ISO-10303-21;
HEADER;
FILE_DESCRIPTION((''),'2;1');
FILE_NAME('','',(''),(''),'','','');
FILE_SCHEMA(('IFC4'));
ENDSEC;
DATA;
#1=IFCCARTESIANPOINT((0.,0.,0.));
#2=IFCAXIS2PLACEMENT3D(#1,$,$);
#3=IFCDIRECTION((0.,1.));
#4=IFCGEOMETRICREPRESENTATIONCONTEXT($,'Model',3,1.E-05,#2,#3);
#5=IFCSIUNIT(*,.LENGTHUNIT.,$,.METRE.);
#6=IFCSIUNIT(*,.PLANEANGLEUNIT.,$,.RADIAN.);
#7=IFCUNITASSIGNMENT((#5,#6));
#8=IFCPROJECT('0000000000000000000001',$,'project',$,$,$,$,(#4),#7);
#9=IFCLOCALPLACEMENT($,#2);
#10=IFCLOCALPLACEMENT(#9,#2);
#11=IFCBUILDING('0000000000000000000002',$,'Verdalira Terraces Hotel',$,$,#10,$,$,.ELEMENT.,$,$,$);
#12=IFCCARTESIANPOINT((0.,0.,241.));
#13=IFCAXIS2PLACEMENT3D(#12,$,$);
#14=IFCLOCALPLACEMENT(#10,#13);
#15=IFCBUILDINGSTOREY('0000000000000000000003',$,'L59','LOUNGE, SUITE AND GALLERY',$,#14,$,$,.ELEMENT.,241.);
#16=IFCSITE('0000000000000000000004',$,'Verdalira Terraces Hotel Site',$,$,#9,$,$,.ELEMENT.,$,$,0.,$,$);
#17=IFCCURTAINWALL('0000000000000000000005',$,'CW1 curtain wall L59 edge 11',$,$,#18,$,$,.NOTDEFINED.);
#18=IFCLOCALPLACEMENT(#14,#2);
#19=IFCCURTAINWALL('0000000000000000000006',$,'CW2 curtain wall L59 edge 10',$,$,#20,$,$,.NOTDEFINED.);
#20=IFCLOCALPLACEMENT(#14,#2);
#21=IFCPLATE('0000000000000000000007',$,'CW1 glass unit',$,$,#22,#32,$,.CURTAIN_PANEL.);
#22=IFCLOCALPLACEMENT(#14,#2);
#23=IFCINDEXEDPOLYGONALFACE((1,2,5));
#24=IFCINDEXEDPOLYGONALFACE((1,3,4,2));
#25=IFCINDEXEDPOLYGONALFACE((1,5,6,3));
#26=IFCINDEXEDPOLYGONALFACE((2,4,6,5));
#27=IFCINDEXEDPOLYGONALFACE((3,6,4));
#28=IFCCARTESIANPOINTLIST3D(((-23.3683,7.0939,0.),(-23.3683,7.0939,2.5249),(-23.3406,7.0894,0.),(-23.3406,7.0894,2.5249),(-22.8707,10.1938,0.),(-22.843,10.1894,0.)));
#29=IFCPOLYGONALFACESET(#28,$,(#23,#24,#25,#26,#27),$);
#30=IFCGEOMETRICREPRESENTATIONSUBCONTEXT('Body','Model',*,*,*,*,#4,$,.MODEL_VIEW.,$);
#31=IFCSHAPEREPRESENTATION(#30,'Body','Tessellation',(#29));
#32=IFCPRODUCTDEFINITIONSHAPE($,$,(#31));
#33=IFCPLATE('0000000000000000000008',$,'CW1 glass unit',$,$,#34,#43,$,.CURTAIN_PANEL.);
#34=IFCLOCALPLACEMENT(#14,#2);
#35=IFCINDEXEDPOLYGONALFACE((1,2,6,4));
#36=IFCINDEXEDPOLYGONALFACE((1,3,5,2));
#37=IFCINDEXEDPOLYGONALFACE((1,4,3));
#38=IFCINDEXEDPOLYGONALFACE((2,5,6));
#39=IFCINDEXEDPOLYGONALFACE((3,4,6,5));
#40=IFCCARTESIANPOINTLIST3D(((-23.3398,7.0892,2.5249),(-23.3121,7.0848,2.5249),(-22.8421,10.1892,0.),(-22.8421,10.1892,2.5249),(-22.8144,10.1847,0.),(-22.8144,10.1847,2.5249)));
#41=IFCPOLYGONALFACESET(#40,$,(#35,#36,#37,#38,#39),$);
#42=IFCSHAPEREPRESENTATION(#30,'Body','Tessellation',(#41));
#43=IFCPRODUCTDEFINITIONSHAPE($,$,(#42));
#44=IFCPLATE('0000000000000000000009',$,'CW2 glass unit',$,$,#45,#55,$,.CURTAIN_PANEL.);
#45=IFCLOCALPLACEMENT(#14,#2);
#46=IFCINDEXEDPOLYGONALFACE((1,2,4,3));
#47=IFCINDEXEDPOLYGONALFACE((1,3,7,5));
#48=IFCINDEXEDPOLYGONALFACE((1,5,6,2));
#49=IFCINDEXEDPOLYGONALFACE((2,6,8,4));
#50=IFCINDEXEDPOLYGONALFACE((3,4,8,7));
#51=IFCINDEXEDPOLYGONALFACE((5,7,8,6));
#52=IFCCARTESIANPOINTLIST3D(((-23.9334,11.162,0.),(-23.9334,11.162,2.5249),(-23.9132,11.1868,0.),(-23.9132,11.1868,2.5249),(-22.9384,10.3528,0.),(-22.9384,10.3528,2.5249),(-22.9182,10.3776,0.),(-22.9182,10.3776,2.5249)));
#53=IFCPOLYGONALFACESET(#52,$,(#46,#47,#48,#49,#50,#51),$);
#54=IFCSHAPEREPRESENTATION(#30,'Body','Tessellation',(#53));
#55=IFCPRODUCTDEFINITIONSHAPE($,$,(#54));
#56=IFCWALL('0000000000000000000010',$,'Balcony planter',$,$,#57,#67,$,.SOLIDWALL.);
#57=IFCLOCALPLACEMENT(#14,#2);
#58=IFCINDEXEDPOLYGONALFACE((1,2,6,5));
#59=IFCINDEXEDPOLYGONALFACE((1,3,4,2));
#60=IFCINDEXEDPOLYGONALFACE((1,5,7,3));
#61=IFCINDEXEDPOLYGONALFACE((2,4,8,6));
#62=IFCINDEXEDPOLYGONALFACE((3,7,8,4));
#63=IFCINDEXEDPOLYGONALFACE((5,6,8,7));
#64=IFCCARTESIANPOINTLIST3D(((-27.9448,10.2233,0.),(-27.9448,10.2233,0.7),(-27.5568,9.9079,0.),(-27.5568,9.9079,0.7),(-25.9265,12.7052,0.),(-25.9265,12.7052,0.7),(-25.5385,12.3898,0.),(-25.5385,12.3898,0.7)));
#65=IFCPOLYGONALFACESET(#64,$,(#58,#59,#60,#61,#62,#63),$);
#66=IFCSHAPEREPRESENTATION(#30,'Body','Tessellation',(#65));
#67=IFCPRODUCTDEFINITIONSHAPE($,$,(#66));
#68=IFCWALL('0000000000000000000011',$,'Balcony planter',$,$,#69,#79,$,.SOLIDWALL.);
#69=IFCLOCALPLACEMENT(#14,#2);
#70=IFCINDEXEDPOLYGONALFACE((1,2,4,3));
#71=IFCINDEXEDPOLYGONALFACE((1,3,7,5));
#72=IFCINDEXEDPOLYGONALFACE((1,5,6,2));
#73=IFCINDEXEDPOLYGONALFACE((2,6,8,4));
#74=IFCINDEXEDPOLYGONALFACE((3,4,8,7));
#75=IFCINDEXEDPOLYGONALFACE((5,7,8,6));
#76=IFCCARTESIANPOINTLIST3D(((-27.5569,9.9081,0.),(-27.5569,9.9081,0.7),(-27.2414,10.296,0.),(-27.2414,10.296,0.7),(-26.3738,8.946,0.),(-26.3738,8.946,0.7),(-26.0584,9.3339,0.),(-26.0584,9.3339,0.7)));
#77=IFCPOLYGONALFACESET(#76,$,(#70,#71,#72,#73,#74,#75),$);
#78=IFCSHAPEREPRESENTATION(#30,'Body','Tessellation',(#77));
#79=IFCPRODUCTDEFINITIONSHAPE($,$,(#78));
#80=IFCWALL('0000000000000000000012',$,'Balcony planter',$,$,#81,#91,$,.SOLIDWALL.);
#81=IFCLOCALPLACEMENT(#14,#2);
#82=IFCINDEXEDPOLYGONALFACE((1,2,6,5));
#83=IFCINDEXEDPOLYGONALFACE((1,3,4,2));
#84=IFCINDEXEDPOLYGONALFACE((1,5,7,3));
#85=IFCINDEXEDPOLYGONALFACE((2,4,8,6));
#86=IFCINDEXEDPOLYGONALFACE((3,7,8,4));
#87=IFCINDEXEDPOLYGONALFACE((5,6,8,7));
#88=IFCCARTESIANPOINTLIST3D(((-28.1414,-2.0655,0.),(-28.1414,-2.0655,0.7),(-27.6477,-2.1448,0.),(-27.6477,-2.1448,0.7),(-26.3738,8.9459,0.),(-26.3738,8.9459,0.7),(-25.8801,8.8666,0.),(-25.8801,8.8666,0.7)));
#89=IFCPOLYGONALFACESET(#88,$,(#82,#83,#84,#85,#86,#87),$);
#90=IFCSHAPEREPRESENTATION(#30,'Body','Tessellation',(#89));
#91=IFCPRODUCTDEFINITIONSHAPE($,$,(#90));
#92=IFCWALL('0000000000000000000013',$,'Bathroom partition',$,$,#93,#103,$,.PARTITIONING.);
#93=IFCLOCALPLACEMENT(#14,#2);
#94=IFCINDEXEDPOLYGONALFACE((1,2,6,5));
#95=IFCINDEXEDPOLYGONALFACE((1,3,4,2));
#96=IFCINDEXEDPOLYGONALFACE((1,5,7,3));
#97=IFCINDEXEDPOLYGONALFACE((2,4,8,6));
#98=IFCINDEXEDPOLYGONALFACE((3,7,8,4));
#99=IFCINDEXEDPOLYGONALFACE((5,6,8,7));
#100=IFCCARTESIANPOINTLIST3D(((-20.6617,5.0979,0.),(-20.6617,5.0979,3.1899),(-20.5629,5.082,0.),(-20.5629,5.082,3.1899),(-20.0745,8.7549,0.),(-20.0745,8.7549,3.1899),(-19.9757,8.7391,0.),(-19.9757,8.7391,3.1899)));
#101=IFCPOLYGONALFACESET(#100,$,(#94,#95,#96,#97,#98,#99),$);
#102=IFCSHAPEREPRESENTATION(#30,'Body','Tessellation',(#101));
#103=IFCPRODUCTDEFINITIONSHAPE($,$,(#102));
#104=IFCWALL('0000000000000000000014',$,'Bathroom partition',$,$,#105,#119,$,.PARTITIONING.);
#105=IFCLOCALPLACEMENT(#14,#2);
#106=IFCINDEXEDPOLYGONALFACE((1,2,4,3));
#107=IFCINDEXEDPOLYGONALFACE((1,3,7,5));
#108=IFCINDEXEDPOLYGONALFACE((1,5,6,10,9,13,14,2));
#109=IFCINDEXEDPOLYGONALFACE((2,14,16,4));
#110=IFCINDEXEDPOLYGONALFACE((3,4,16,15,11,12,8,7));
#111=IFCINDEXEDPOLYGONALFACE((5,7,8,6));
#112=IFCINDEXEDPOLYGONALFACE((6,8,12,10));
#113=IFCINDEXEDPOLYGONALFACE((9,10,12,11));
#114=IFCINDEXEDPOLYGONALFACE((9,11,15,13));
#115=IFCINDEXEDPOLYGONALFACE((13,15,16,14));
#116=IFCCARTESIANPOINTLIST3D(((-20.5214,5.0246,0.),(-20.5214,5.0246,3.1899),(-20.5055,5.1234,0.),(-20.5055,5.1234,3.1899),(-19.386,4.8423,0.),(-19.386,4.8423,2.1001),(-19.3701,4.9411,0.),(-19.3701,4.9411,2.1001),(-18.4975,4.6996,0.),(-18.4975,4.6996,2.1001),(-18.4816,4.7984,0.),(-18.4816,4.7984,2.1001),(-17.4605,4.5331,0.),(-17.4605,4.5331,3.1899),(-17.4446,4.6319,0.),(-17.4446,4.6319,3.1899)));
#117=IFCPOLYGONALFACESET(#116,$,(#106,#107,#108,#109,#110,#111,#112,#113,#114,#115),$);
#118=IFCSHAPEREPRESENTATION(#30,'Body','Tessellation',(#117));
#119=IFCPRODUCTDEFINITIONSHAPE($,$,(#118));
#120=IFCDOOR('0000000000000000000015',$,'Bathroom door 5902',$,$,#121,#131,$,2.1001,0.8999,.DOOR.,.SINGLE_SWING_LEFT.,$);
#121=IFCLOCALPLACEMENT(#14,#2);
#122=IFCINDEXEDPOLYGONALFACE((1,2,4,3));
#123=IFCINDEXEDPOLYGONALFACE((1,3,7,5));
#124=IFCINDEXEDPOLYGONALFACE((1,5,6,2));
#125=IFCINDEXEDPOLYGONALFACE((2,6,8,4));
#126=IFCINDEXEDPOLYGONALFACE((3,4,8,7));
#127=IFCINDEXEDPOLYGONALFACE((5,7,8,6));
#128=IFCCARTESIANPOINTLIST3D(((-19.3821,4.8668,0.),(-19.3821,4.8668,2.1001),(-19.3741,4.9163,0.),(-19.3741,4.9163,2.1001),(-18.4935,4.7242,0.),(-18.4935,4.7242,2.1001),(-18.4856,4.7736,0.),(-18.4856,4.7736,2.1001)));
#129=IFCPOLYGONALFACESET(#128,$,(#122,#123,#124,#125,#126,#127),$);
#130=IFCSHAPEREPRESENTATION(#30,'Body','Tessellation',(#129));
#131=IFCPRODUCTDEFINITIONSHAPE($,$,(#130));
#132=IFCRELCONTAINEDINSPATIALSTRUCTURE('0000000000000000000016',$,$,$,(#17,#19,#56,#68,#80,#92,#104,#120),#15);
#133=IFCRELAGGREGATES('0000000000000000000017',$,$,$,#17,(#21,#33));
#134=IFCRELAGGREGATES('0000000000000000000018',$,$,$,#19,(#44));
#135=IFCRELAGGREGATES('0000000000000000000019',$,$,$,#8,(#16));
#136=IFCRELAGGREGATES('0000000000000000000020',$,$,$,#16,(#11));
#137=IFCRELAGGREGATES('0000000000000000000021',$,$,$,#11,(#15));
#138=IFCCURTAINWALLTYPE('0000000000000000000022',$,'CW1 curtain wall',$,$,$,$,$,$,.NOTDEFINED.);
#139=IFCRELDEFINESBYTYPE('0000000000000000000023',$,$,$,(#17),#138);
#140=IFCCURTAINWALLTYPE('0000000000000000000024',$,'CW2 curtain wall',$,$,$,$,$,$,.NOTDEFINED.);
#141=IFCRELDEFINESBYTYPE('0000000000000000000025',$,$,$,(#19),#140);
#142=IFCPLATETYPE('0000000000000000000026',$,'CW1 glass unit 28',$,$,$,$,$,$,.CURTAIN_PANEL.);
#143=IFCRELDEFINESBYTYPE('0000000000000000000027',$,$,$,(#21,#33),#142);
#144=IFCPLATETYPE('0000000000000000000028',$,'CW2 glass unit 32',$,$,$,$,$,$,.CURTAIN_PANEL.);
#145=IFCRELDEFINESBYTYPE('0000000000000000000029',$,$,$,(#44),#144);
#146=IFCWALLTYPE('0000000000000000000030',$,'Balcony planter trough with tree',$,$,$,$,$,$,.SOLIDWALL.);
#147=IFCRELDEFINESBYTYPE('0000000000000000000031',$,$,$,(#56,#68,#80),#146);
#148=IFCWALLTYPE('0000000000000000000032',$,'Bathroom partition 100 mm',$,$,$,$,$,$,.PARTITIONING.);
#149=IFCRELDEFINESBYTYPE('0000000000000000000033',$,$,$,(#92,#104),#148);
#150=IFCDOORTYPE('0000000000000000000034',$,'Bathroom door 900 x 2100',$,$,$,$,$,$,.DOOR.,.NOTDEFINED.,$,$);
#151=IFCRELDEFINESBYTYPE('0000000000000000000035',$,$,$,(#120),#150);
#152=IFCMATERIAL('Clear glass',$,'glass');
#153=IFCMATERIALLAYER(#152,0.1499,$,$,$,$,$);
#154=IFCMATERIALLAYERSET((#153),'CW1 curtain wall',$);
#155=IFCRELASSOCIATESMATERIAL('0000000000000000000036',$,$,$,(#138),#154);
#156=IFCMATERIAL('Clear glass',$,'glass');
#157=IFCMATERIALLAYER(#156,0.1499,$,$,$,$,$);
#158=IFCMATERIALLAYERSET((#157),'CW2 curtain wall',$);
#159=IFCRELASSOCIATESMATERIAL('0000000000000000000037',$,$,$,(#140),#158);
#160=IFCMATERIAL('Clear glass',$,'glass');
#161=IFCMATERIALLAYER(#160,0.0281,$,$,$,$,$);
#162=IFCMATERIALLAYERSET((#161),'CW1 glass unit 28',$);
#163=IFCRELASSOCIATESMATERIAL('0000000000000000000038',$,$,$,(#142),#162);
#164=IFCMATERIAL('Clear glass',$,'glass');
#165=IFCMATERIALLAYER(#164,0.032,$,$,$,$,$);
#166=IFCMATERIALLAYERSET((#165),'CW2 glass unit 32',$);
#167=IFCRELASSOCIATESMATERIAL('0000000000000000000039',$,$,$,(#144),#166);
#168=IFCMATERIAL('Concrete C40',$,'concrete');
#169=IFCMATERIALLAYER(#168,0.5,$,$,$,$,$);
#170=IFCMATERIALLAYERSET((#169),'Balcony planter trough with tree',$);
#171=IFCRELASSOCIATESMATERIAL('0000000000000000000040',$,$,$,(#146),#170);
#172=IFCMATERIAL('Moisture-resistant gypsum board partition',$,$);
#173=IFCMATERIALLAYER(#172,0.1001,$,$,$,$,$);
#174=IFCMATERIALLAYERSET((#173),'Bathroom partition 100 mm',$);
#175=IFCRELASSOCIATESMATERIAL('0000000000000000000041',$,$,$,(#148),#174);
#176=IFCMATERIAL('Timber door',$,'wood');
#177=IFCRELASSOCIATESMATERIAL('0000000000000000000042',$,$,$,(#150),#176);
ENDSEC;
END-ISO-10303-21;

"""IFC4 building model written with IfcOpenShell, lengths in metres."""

from ifc_helpers import new_model, si_unit, direction, frame, frame_2d, origin, origin_2d, place, context, subcontext, project, spatial, polyline, rectangle, outline, extrude, material, layer, layer_set, type_object, element, fill, aggregate, save


model = new_model("IFC4")

# Units and contexts
model_context = context("Model", 3, precision=1e-05, world=origin(), true_north=direction((0.0, 1.0)))
body_context = subcontext(model_context, "Body", "Model", "MODEL_VIEW")
ifc_project = project(units=[si_unit("LENGTHUNIT", "METRE"), si_unit("PLANEANGLEUNIT", "RADIAN")], contexts=[model_context])

# Site, building, storey
site_placement = place(None, origin())
site = spatial("IfcSite", under=ifc_project, at=site_placement, Name="Verdalira Terraces Hotel Site", CompositionType="ELEMENT", RefElevation=0.0)
building_placement = place(site_placement, origin())
building = spatial("IfcBuilding", under=site, at=building_placement, Name="Verdalira Terraces Hotel", CompositionType="ELEMENT")
storey_placement = place(building_placement, frame((0.0, 0.0, 241.0)))
storey = spatial("IfcBuildingStorey", under=building, at=storey_placement, Name="L59", Description="LOUNGE, SUITE AND GALLERY", CompositionType="ELEMENT", Elevation=241.0)

# Curtain walls
ifc_material_1 = material(Name="Clear glass", Category="glass")
ifc_layer_1 = layer(ifc_material_1, 0.1499)
ifc_layer_set_1 = layer_set([ifc_layer_1], Name="CW1 curtain wall")
curtain_wall_type_1 = type_object("IfcCurtainWallType", Name="CW1 curtain wall", PredefinedType="NOTDEFINED", material=ifc_layer_set_1)
curtain_wall_1_placement = place(storey_placement, origin())
curtain_wall_1 = element("IfcCurtainWall", 1, at=curtain_wall_1_placement, inside=storey, type_object=curtain_wall_type_1, Name="CW1 curtain wall L59 edge 11", PredefinedType="NOTDEFINED")
ifc_material_2 = material(Name="Clear glass", Category="glass")
ifc_layer_2 = layer(ifc_material_2, 0.1499)
ifc_layer_set_2 = layer_set([ifc_layer_2], Name="CW2 curtain wall")
curtain_wall_type_2 = type_object("IfcCurtainWallType", Name="CW2 curtain wall", PredefinedType="NOTDEFINED", material=ifc_layer_set_2)
curtain_wall_2_placement = place(storey_placement, origin())
curtain_wall_2 = element("IfcCurtainWall", 2, at=curtain_wall_2_placement, inside=storey, type_object=curtain_wall_type_2, Name="CW2 curtain wall L59 edge 10", PredefinedType="NOTDEFINED")

# Plates
ifc_material_3 = material(Name="Clear glass", Category="glass")
ifc_layer_3 = layer(ifc_material_3, 0.0281)
ifc_layer_set_3 = layer_set([ifc_layer_3], Name="CW1 glass unit 28")
plate_type_1 = type_object("IfcPlateType", Name="CW1 glass unit 28", PredefinedType="CURTAIN_PANEL", material=ifc_layer_set_3)
plate_1_placement = place(storey_placement, frame((-23.0918, 8.6394, 1.2625), z_axis=(-0.987359, 0.158503, 0.0), x_axis=(-0.158503, -0.987359, 0.0)))
plate_1 = element("IfcPlate", 3, at=plate_1_placement, type_object=plate_type_1, Name="CW1 glass unit", PredefinedType="CURTAIN_PANEL", context=body_context, shape_type="SweptSolid", body=[
    extrude(outline(polyline([(-1.5698, -1.2625), (1.5698, -1.2625), (1.5698, 1.2625), (-1.5698, -1.2625)])), origin(), (0.0, 0.0, 1.0), 0.0281),
])
plate_2_placement = place(storey_placement, frame((-23.0632, 8.6348, 1.2625), z_axis=(-0.987359, 0.158503, 0.0), x_axis=(-0.158503, -0.987359, 0.0)))
plate_2 = element("IfcPlate", 4, at=plate_2_placement, type_object=plate_type_1, Name="CW1 glass unit", PredefinedType="CURTAIN_PANEL", context=body_context, shape_type="SweptSolid", body=[
    extrude(outline(polyline([(-1.5698, -1.2625), (1.5698, 1.2625), (-1.5698, 1.2625), (-1.5698, -1.2625)])), origin(), (0.0, 0.0, 1.0), 0.0281),
])
aggregate(curtain_wall_1, [plate_1, plate_2])
ifc_material_4 = material(Name="Clear glass", Category="glass")
ifc_layer_4 = layer(ifc_material_4, 0.032)
ifc_layer_set_4 = layer_set([ifc_layer_4], Name="CW2 glass unit 32")
plate_type_2 = type_object("IfcPlateType", Name="CW2 glass unit 32", PredefinedType="CURTAIN_PANEL", material=ifc_layer_set_4)
plate_3_placement = place(storey_placement, frame((-23.4258, 10.7698, 0.0), z_axis=(0.0, 0.0, 1.0), x_axis=(0.775826, -0.630947, 0.0)))
plate_3 = element("IfcPlate", 5, at=plate_3_placement, type_object=plate_type_2, Name="CW2 glass unit", PredefinedType="CURTAIN_PANEL", context=body_context, shape_type="SweptSolid", body=[
    extrude(rectangle(XDim=1.2825, YDim=0.032, at=origin_2d()), origin(), (0.0, 0.0, 1.0), 2.5249),
])
aggregate(curtain_wall_2, [plate_3])

# Walls
ifc_material_5 = material(Name="Concrete C40", Category="concrete")
ifc_layer_5 = layer(ifc_material_5, 0.5)
ifc_layer_set_5 = layer_set([ifc_layer_5], Name="Balcony planter trough with tree")
wall_type_1 = type_object("IfcWallType", Name="Balcony planter trough with tree", PredefinedType="SOLIDWALL", material=ifc_layer_set_5)
wall_1_placement = place(storey_placement, frame((-25.7324, 12.5476, 0.0), z_axis=(0.0, 0.0, 1.0), x_axis=(-0.63092, -0.775848, 0.0)))
element("IfcWall", 6, at=wall_1_placement, inside=storey, type_object=wall_type_1, Name="Balcony planter", PredefinedType="SOLIDWALL", context=body_context, shape_type="SweptSolid", body=[
    extrude(rectangle(XDim=3.199, YDim=0.5, at=frame_2d((1.5996, 0.0))), origin(), (0.0, 0.0, 1.0), 0.7),
])
wall_2_placement = place(storey_placement, frame((-27.3992, 10.1021, 0.0), z_axis=(0.0, 0.0, 1.0), x_axis=(0.77583, -0.630942, 0.0)))
element("IfcWall", 7, at=wall_2_placement, inside=storey, type_object=wall_type_1, Name="Balcony planter", PredefinedType="SOLIDWALL", context=body_context, shape_type="SweptSolid", body=[
    extrude(rectangle(XDim=1.5249, YDim=0.5, at=frame_2d((0.7625, 0.0))), origin(), (0.0, 0.0, 1.0), 0.7),
])
wall_3_placement = place(storey_placement, frame((-26.127, 8.9062, 0.0), z_axis=(0.0, 0.0, 1.0), x_axis=(-0.158493, -0.98736, 0.0)))
element("IfcWall", 8, at=wall_3_placement, inside=storey, type_object=wall_type_1, Name="Balcony planter", PredefinedType="SOLIDWALL", context=body_context, shape_type="SweptSolid", body=[
    extrude(rectangle(XDim=11.1523, YDim=0.5, at=frame_2d((5.5762, 0.0))), origin(), (0.0, 0.0, 1.0), 0.7),
])
ifc_material_6 = material(Name="Moisture-resistant gypsum board partition")
ifc_layer_6 = layer(ifc_material_6, 0.1001)
ifc_layer_set_6 = layer_set([ifc_layer_6], Name="Bathroom partition 100 mm")
wall_type_2 = type_object("IfcWallType", Name="Bathroom partition 100 mm", PredefinedType="PARTITIONING", material=ifc_layer_set_6)
wall_4_placement = place(storey_placement, frame((-20.6123, 5.0898, 0.0), z_axis=(0.0, 0.0, 1.0), x_axis=(0.158528, 0.987355, 0.0)))
element("IfcWall", 9, at=wall_4_placement, inside=storey, type_object=wall_type_2, Name="Bathroom partition", PredefinedType="PARTITIONING", context=body_context, shape_type="SweptSolid", body=[
    extrude(rectangle(XDim=3.7039, YDim=0.1001, at=frame_2d((1.8521, 0.0))), origin(), (0.0, 0.0, 1.0), 3.1899),
])

# Wall, opening, door
wall_5_placement = place(storey_placement, frame((-20.5134, 5.074, 0.0), z_axis=(0.0, 0.0, 1.0), x_axis=(0.987353, -0.158534, 0.0)))
wall_5 = element("IfcWall", 10, at=wall_5_placement, inside=storey, type_object=wall_type_2, Name="Bathroom partition", PredefinedType="PARTITIONING", context=body_context, shape_type="SweptSolid", body=[
    extrude(rectangle(XDim=3.1001, YDim=0.1001, at=frame_2d((1.55, 0.0))), origin(), (0.0, 0.0, 1.0), 3.1899),
])
opening_1_placement = place(wall_5_placement, frame((1.1499, 0.0, 0.0)))
opening_1 = element("IfcOpeningElement", 11, at=opening_1_placement, cuts=wall_5, PredefinedType="OPENING", context=body_context, shape_type="SweptSolid", body=[
    extrude(rectangle(XDim=0.8999, YDim=2.1001, at=frame_2d((0.45, 1.05))), frame((0.0, 0.0601, 0.0), z_axis=(0.0, -1.0, 0.0), x_axis=(1.0, 0.0, 0.0)), (0.0, 0.0, 1.0), 0.1201),
])
ifc_material_7 = material(Name="Timber door", Category="wood")
door_type_1 = type_object("IfcDoorType", Name="Bathroom door 900 x 2100", OperationType="NOTDEFINED", PredefinedType="DOOR", material=ifc_material_7)
door_1_placement = place(opening_1_placement, origin())
door_1 = element("IfcDoor", 12, at=door_1_placement, inside=storey, type_object=door_type_1, Name="Bathroom door 5902", OperationType="SINGLE_SWING_LEFT", OverallHeight=2.1001, OverallWidth=0.8999, PredefinedType="DOOR", context=body_context, shape_type="SweptSolid", body=[
    extrude(rectangle(XDim=0.8999, YDim=2.1001, at=frame_2d((0.45, 1.05))), frame((0.0, 0.0249, 0.0), z_axis=(0.0, -1.0, 0.0), x_axis=(1.0, 0.0, 0.0)), (0.0, 0.0, 1.0), 0.05),
])
fill(opening_1, door_1)

save(model, "model.ifc")
